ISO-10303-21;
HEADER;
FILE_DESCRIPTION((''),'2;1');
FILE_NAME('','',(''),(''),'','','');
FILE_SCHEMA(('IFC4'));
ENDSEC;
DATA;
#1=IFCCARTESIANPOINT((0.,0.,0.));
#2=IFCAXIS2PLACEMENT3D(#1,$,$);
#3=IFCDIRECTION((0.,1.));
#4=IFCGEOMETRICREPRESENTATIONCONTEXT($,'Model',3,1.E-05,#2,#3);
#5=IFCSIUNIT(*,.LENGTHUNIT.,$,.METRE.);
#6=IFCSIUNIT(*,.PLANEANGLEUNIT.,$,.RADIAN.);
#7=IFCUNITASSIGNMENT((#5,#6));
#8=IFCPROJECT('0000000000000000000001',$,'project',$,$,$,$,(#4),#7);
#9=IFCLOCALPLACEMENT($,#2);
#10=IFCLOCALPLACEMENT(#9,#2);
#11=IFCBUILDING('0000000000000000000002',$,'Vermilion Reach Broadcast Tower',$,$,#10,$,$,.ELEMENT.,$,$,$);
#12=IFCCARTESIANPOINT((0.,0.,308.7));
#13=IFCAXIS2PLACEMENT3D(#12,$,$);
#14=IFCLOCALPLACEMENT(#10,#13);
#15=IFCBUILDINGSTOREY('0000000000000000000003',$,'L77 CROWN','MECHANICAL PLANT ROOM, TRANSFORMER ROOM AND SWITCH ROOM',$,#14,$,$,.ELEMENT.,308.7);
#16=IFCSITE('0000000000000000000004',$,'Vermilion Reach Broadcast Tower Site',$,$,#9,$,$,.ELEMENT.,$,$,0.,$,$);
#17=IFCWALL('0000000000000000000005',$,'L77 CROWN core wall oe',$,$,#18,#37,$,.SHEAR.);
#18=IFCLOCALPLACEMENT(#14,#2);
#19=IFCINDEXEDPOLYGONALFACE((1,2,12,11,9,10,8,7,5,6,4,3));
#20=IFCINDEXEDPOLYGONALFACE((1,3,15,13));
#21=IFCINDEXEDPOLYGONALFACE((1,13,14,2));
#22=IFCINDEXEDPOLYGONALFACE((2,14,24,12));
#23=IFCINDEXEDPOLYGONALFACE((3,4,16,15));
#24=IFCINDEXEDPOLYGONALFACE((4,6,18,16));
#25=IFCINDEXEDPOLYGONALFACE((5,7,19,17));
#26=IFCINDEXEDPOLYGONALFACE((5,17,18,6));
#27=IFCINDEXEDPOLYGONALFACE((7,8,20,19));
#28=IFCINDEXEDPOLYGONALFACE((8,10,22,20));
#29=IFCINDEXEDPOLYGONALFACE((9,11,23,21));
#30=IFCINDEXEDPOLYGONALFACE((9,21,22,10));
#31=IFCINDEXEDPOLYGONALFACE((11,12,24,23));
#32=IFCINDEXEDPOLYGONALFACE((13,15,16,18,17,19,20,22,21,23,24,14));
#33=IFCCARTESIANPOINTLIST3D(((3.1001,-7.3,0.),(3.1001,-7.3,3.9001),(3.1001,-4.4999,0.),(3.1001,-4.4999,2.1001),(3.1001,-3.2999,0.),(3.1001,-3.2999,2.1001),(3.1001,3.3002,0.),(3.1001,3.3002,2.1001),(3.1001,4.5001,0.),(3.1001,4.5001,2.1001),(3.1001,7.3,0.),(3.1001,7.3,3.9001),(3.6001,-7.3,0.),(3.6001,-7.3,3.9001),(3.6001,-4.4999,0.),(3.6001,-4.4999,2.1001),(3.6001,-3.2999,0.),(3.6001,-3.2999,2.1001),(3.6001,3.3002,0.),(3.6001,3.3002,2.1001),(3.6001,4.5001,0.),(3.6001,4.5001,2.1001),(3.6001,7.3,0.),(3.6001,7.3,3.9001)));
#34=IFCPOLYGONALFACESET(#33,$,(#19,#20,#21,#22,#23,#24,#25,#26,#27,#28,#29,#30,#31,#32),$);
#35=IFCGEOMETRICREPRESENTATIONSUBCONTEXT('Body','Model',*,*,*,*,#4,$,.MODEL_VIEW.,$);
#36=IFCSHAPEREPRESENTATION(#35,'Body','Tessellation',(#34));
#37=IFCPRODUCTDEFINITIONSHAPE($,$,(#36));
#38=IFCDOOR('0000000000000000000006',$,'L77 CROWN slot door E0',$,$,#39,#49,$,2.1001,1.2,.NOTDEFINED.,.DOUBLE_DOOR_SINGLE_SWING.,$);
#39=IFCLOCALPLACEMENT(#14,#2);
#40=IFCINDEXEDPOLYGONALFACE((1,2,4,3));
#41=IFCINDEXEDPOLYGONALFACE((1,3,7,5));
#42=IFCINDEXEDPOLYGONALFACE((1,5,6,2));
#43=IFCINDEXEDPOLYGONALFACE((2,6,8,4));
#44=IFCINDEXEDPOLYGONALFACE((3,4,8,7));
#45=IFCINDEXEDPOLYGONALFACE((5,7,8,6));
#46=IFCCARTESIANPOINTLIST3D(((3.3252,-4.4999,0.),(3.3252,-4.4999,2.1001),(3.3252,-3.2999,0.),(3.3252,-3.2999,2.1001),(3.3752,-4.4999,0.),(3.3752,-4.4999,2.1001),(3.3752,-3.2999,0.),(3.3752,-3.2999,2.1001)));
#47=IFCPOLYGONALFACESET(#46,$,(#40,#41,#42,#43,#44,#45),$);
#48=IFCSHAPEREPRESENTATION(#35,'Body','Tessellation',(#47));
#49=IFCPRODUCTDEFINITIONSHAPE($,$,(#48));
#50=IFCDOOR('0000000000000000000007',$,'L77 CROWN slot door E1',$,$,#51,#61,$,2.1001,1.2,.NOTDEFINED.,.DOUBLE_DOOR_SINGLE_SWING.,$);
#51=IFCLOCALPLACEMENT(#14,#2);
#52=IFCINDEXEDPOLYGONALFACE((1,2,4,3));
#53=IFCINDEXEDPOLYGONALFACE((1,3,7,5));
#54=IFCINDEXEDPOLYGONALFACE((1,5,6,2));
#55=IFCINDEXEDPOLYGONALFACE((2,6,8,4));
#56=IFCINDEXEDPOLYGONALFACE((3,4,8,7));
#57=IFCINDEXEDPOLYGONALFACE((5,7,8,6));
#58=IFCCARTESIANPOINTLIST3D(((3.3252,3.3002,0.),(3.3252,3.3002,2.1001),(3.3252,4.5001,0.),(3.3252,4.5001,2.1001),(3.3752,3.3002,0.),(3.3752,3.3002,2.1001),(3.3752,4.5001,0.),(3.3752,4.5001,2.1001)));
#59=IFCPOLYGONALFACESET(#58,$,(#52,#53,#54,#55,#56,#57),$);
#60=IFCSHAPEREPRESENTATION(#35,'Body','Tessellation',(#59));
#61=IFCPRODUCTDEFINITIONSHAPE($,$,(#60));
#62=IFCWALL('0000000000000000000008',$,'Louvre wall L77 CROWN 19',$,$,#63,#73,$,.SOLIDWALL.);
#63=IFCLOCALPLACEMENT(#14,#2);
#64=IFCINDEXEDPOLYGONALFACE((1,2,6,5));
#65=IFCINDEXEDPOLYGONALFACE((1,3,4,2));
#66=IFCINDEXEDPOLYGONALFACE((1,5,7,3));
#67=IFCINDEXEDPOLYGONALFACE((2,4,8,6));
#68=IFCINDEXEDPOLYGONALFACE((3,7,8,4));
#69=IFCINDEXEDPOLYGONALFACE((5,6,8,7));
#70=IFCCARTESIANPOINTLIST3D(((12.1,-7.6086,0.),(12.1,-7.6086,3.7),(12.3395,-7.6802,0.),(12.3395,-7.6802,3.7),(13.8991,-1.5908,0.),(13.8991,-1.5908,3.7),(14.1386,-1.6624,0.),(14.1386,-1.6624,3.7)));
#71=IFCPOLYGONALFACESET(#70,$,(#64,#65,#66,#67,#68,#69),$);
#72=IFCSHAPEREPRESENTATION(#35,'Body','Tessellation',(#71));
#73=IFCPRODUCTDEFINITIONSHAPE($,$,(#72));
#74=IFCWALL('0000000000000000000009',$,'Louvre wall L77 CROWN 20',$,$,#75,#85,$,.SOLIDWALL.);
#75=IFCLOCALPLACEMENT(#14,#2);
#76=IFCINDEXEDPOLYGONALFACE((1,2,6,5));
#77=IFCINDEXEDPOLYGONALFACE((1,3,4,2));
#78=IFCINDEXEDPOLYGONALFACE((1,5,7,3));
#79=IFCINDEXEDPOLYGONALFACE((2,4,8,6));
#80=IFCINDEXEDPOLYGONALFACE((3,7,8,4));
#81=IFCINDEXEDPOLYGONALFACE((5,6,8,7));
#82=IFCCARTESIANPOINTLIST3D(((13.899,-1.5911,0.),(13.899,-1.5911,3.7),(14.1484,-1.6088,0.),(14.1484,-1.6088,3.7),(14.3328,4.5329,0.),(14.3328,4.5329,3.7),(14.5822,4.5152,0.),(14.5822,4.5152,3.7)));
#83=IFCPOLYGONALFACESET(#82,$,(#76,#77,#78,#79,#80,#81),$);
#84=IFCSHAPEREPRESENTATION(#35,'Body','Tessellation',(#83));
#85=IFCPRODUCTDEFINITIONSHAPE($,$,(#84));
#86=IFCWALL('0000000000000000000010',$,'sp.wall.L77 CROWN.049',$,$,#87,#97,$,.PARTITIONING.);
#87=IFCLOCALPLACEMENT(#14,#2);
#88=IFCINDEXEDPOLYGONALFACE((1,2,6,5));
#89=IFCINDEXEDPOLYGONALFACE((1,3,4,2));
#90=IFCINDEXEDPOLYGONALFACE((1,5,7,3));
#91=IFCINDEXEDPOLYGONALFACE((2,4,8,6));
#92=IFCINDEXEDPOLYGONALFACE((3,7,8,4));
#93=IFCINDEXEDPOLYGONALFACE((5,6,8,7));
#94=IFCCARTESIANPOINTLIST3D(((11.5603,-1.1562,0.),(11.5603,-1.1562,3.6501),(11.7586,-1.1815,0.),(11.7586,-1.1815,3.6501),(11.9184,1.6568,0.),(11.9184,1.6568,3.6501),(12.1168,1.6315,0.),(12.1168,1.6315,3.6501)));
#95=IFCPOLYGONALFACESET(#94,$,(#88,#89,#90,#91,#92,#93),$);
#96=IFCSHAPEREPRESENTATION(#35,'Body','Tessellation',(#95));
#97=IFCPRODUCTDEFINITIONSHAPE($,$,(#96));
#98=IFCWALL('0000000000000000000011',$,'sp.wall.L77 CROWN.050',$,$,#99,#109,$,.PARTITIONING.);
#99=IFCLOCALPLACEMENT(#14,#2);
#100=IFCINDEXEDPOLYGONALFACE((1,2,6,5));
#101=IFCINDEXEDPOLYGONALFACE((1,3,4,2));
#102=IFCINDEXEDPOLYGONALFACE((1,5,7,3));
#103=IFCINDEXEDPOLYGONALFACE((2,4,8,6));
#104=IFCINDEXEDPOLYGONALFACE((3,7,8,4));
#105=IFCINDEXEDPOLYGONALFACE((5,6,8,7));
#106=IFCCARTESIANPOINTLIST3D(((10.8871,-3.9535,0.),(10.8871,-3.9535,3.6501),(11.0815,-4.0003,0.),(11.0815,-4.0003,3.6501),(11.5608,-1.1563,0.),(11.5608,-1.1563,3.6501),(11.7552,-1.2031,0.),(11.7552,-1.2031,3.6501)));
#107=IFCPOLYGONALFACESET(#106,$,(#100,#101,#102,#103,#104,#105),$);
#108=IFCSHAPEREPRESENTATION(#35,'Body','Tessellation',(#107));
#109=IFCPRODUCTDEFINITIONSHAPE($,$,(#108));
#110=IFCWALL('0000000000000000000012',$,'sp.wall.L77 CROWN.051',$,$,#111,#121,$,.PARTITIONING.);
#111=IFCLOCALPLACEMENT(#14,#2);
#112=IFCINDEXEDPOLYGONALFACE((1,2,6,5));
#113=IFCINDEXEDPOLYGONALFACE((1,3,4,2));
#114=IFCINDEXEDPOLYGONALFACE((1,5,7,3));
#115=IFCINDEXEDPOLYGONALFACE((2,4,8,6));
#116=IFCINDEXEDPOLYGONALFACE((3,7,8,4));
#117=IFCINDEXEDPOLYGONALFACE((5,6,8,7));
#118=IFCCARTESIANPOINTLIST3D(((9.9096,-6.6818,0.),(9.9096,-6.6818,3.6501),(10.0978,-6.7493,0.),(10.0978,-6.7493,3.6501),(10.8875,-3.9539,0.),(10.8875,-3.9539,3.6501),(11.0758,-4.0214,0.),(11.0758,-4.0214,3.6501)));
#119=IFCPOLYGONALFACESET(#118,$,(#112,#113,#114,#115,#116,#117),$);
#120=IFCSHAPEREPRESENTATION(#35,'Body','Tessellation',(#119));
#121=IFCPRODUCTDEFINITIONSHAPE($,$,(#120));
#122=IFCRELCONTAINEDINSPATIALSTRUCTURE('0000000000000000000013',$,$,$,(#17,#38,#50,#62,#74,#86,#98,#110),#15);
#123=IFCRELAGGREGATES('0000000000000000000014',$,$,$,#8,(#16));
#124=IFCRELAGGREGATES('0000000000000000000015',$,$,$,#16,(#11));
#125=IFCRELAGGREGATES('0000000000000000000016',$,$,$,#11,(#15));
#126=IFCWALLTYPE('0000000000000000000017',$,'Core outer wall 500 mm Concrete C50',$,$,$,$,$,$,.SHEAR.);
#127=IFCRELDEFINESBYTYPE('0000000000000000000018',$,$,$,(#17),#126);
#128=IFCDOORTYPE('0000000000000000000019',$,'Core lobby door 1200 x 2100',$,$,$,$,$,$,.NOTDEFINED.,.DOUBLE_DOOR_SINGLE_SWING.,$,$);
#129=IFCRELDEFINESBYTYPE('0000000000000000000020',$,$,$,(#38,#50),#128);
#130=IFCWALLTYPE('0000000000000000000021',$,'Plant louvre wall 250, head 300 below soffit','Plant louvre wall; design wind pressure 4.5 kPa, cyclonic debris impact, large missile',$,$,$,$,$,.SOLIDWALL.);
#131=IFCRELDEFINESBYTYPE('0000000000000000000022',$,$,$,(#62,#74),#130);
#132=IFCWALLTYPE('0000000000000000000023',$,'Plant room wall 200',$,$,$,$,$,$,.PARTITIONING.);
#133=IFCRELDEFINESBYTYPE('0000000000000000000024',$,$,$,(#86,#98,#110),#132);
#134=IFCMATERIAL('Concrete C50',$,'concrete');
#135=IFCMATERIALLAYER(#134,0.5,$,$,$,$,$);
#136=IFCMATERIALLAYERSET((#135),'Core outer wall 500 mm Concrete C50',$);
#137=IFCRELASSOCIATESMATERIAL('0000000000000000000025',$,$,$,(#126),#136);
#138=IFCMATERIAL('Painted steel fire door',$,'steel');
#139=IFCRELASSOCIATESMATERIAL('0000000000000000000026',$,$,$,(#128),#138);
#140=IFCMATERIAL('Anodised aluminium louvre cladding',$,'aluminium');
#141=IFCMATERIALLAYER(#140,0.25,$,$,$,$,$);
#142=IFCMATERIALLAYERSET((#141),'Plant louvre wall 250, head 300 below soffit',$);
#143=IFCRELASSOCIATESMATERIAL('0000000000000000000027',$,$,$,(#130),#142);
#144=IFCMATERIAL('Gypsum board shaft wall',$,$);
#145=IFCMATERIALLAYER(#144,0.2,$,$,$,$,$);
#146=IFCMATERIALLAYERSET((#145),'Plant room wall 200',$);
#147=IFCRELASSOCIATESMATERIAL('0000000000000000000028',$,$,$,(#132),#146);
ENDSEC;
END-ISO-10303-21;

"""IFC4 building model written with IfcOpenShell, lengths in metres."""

from ifc_helpers import new_model, si_unit, direction, frame, frame_2d, origin, place, context, subcontext, project, spatial, rectangle, extrude, material, layer, layer_set, type_object, element, fill, save


model = new_model("IFC4")

# Units and contexts
model_context = context("Model", 3, precision=1e-05, world=origin(), true_north=direction((0.0, 1.0)))
body_context = subcontext(model_context, "Body", "Model", "MODEL_VIEW")
ifc_project = project(units=[si_unit("LENGTHUNIT", "METRE"), si_unit("PLANEANGLEUNIT", "RADIAN")], contexts=[model_context])

# Site, building, storey
site_placement = place(None, origin())
site = spatial("IfcSite", under=ifc_project, at=site_placement, Name="Vermilion Reach Broadcast Tower Site", CompositionType="ELEMENT", RefElevation=0.0)
building_placement = place(site_placement, origin())
building = spatial("IfcBuilding", under=site, at=building_placement, Name="Vermilion Reach Broadcast Tower", CompositionType="ELEMENT")
storey_placement = place(building_placement, frame((0.0, 0.0, 308.7)))
storey = spatial("IfcBuildingStorey", under=building, at=storey_placement, Name="L77 CROWN", Description="MECHANICAL PLANT ROOM, TRANSFORMER ROOM AND SWITCH ROOM", CompositionType="ELEMENT", Elevation=308.7)

# Wall, openings, doors
ifc_material_1 = material(Name="Concrete C50", Category="concrete")
ifc_layer_1 = layer(ifc_material_1, 0.5)
ifc_layer_set_1 = layer_set([ifc_layer_1], Name="Core outer wall 500 mm Concrete C50")
wall_type_1 = type_object("IfcWallType", Name="Core outer wall 500 mm Concrete C50", PredefinedType="SHEAR", material=ifc_layer_set_1)
wall_1_placement = place(storey_placement, frame((3.3501, -7.3, 0.0), z_axis=(0.0, 0.0, 1.0), x_axis=(0.0, 1.0, 0.0)))
wall_1 = element("IfcWall", 1, at=wall_1_placement, inside=storey, type_object=wall_type_1, Name="L77 CROWN core wall oe", PredefinedType="SHEAR", context=body_context, shape_type="SweptSolid", body=[
    extrude(rectangle(XDim=14.6001, YDim=0.5, at=frame_2d((7.3, 0.0))), origin(), (0.0, 0.0, 1.0), 3.9001),
])
opening_1_placement = place(wall_1_placement, frame((2.8, 0.0, 0.0)))
opening_1 = element("IfcOpeningElement", 2, at=opening_1_placement, cuts=wall_1, PredefinedType="OPENING", context=body_context, shape_type="SweptSolid", body=[
    extrude(rectangle(XDim=1.2, YDim=2.1001, at=frame_2d((0.6001, 1.05))), frame((0.0, 0.26, 0.0), z_axis=(0.0, -1.0, 0.0), x_axis=(1.0, 0.0, 0.0)), (0.0, 0.0, 1.0), 0.52),
])
opening_2_placement = place(wall_1_placement, frame((10.6001, 0.0, 0.0)))
opening_2 = element("IfcOpeningElement", 3, at=opening_2_placement, cuts=wall_1, PredefinedType="OPENING", context=body_context, shape_type="SweptSolid", body=[
    extrude(rectangle(XDim=1.2, YDim=2.1001, at=frame_2d((0.6001, 1.05))), frame((0.0, 0.26, 0.0), z_axis=(0.0, -1.0, 0.0), x_axis=(1.0, 0.0, 0.0)), (0.0, 0.0, 1.0), 0.52),
])
ifc_material_2 = material(Name="Painted steel fire door", Category="steel")
door_type_1 = type_object("IfcDoorType", Name="Core lobby door 1200 x 2100", OperationType="DOUBLE_DOOR_SINGLE_SWING", PredefinedType="NOTDEFINED", material=ifc_material_2)
door_1_placement = place(opening_1_placement, origin())
door_1 = element("IfcDoor", 4, at=door_1_placement, inside=storey, type_object=door_type_1, Name="L77 CROWN slot door E0", OperationType="DOUBLE_DOOR_SINGLE_SWING", OverallHeight=2.1001, OverallWidth=1.2, PredefinedType="NOTDEFINED", context=body_context, shape_type="SweptSolid", body=[
    extrude(rectangle(XDim=1.2, YDim=2.1001, at=frame_2d((0.6001, 1.05))), frame((0.0, 0.0249, 0.0), z_axis=(0.0, -1.0, 0.0), x_axis=(1.0, 0.0, 0.0)), (0.0, 0.0, 1.0), 0.05),
])
fill(opening_1, door_1)
door_2_placement = place(opening_2_placement, origin())
door_2 = element("IfcDoor", 5, at=door_2_placement, inside=storey, type_object=door_type_1, Name="L77 CROWN slot door E1", OperationType="DOUBLE_DOOR_SINGLE_SWING", OverallHeight=2.1001, OverallWidth=1.2, PredefinedType="NOTDEFINED", context=body_context, shape_type="SweptSolid", body=[
    extrude(rectangle(XDim=1.2, YDim=2.1001, at=frame_2d((0.6001, 1.05))), frame((0.0, 0.0249, 0.0), z_axis=(0.0, -1.0, 0.0), x_axis=(1.0, 0.0, 0.0)), (0.0, 0.0, 1.0), 0.05),
])
fill(opening_2, door_2)

# Walls
ifc_material_3 = material(Name="Anodised aluminium louvre cladding", Category="aluminium")
ifc_layer_2 = layer(ifc_material_3, 0.25)
ifc_layer_set_2 = layer_set([ifc_layer_2], Name="Plant louvre wall 250, head 300 below soffit")
wall_type_2 = type_object("IfcWallType", Name="Plant louvre wall 250, head 300 below soffit", Description="Plant louvre wall; design wind pressure 4.5 kPa, cyclonic debris impact, large missile", PredefinedType="SOLIDWALL", material=ifc_layer_set_2)
wall_2_placement = place(storey_placement, frame((12.2197, -7.6445, 0.0), z_axis=(0.0, 0.0, 1.0), x_axis=(0.286431, 0.958101, 0.0)))
element("IfcWall", 6, at=wall_2_placement, inside=storey, type_object=wall_type_2, Name="Louvre wall L77 CROWN 19", PredefinedType="SOLIDWALL", context=body_context, shape_type="SweptSolid", body=[
    extrude(rectangle(XDim=6.281, YDim=0.25, at=frame_2d((3.1406, 0.0))), origin(), (0.0, 0.0, 1.0), 3.7),
])
wall_3_placement = place(storey_placement, frame((14.0237, -1.6001, 0.0), z_axis=(0.0, 0.0, 1.0), x_axis=(0.070665, 0.9975, 0.0)))
element("IfcWall", 7, at=wall_3_placement, inside=storey, type_object=wall_type_2, Name="Louvre wall L77 CROWN 20", PredefinedType="SOLIDWALL", context=body_context, shape_type="SweptSolid", body=[
    extrude(rectangle(XDim=6.1394, YDim=0.25, at=frame_2d((3.0698, 0.0))), origin(), (0.0, 0.0, 1.0), 3.7),
])
ifc_material_4 = material(Name="Gypsum board shaft wall")
ifc_layer_3 = layer(ifc_material_4, 0.2)
ifc_layer_set_3 = layer_set([ifc_layer_3], Name="Plant room wall 200")
wall_type_3 = type_object("IfcWallType", Name="Plant room wall 200", PredefinedType="PARTITIONING", material=ifc_layer_set_3)
wall_4_placement = place(storey_placement, frame((11.6594, -1.1689, 0.0), z_axis=(0.0, 0.0, 1.0), x_axis=(0.126302, 0.991992, 0.0)))
element("IfcWall", 8, at=wall_4_placement, inside=storey, type_object=wall_type_3, Name="sp.wall.L77 CROWN.049", PredefinedType="PARTITIONING", context=body_context, shape_type="SweptSolid", body=[
    extrude(rectangle(XDim=2.8357, YDim=0.2, at=frame_2d((1.418, 0.0))), origin(), (0.0, 0.0, 1.0), 3.6501),
])
wall_5_placement = place(storey_placement, frame((10.9844, -3.9768, 0.0), z_axis=(0.0, 0.0, 1.0), x_axis=(0.234121, 0.972208, 0.0)))
element("IfcWall", 9, at=wall_5_placement, inside=storey, type_object=wall_type_3, Name="sp.wall.L77 CROWN.050", PredefinedType="PARTITIONING", context=body_context, shape_type="SweptSolid", body=[
    extrude(rectangle(XDim=2.8772, YDim=0.2, at=frame_2d((1.4385, 0.0))), origin(), (0.0, 0.0, 1.0), 3.6501),
])
wall_6_placement = place(storey_placement, frame((10.0037, -6.7156, 0.0), z_axis=(0.0, 0.0, 1.0), x_axis=(0.337478, 0.941333, 0.0)))
element("IfcWall", 10, at=wall_6_placement, inside=storey, type_object=wall_type_3, Name="sp.wall.L77 CROWN.051", PredefinedType="PARTITIONING", context=body_context, shape_type="SweptSolid", body=[
    extrude(rectangle(XDim=2.8979, YDim=0.2, at=frame_2d((1.449, 0.0))), origin(), (0.0, 0.0, 1.0), 3.6501),
])

save(model, "model.ifc")
